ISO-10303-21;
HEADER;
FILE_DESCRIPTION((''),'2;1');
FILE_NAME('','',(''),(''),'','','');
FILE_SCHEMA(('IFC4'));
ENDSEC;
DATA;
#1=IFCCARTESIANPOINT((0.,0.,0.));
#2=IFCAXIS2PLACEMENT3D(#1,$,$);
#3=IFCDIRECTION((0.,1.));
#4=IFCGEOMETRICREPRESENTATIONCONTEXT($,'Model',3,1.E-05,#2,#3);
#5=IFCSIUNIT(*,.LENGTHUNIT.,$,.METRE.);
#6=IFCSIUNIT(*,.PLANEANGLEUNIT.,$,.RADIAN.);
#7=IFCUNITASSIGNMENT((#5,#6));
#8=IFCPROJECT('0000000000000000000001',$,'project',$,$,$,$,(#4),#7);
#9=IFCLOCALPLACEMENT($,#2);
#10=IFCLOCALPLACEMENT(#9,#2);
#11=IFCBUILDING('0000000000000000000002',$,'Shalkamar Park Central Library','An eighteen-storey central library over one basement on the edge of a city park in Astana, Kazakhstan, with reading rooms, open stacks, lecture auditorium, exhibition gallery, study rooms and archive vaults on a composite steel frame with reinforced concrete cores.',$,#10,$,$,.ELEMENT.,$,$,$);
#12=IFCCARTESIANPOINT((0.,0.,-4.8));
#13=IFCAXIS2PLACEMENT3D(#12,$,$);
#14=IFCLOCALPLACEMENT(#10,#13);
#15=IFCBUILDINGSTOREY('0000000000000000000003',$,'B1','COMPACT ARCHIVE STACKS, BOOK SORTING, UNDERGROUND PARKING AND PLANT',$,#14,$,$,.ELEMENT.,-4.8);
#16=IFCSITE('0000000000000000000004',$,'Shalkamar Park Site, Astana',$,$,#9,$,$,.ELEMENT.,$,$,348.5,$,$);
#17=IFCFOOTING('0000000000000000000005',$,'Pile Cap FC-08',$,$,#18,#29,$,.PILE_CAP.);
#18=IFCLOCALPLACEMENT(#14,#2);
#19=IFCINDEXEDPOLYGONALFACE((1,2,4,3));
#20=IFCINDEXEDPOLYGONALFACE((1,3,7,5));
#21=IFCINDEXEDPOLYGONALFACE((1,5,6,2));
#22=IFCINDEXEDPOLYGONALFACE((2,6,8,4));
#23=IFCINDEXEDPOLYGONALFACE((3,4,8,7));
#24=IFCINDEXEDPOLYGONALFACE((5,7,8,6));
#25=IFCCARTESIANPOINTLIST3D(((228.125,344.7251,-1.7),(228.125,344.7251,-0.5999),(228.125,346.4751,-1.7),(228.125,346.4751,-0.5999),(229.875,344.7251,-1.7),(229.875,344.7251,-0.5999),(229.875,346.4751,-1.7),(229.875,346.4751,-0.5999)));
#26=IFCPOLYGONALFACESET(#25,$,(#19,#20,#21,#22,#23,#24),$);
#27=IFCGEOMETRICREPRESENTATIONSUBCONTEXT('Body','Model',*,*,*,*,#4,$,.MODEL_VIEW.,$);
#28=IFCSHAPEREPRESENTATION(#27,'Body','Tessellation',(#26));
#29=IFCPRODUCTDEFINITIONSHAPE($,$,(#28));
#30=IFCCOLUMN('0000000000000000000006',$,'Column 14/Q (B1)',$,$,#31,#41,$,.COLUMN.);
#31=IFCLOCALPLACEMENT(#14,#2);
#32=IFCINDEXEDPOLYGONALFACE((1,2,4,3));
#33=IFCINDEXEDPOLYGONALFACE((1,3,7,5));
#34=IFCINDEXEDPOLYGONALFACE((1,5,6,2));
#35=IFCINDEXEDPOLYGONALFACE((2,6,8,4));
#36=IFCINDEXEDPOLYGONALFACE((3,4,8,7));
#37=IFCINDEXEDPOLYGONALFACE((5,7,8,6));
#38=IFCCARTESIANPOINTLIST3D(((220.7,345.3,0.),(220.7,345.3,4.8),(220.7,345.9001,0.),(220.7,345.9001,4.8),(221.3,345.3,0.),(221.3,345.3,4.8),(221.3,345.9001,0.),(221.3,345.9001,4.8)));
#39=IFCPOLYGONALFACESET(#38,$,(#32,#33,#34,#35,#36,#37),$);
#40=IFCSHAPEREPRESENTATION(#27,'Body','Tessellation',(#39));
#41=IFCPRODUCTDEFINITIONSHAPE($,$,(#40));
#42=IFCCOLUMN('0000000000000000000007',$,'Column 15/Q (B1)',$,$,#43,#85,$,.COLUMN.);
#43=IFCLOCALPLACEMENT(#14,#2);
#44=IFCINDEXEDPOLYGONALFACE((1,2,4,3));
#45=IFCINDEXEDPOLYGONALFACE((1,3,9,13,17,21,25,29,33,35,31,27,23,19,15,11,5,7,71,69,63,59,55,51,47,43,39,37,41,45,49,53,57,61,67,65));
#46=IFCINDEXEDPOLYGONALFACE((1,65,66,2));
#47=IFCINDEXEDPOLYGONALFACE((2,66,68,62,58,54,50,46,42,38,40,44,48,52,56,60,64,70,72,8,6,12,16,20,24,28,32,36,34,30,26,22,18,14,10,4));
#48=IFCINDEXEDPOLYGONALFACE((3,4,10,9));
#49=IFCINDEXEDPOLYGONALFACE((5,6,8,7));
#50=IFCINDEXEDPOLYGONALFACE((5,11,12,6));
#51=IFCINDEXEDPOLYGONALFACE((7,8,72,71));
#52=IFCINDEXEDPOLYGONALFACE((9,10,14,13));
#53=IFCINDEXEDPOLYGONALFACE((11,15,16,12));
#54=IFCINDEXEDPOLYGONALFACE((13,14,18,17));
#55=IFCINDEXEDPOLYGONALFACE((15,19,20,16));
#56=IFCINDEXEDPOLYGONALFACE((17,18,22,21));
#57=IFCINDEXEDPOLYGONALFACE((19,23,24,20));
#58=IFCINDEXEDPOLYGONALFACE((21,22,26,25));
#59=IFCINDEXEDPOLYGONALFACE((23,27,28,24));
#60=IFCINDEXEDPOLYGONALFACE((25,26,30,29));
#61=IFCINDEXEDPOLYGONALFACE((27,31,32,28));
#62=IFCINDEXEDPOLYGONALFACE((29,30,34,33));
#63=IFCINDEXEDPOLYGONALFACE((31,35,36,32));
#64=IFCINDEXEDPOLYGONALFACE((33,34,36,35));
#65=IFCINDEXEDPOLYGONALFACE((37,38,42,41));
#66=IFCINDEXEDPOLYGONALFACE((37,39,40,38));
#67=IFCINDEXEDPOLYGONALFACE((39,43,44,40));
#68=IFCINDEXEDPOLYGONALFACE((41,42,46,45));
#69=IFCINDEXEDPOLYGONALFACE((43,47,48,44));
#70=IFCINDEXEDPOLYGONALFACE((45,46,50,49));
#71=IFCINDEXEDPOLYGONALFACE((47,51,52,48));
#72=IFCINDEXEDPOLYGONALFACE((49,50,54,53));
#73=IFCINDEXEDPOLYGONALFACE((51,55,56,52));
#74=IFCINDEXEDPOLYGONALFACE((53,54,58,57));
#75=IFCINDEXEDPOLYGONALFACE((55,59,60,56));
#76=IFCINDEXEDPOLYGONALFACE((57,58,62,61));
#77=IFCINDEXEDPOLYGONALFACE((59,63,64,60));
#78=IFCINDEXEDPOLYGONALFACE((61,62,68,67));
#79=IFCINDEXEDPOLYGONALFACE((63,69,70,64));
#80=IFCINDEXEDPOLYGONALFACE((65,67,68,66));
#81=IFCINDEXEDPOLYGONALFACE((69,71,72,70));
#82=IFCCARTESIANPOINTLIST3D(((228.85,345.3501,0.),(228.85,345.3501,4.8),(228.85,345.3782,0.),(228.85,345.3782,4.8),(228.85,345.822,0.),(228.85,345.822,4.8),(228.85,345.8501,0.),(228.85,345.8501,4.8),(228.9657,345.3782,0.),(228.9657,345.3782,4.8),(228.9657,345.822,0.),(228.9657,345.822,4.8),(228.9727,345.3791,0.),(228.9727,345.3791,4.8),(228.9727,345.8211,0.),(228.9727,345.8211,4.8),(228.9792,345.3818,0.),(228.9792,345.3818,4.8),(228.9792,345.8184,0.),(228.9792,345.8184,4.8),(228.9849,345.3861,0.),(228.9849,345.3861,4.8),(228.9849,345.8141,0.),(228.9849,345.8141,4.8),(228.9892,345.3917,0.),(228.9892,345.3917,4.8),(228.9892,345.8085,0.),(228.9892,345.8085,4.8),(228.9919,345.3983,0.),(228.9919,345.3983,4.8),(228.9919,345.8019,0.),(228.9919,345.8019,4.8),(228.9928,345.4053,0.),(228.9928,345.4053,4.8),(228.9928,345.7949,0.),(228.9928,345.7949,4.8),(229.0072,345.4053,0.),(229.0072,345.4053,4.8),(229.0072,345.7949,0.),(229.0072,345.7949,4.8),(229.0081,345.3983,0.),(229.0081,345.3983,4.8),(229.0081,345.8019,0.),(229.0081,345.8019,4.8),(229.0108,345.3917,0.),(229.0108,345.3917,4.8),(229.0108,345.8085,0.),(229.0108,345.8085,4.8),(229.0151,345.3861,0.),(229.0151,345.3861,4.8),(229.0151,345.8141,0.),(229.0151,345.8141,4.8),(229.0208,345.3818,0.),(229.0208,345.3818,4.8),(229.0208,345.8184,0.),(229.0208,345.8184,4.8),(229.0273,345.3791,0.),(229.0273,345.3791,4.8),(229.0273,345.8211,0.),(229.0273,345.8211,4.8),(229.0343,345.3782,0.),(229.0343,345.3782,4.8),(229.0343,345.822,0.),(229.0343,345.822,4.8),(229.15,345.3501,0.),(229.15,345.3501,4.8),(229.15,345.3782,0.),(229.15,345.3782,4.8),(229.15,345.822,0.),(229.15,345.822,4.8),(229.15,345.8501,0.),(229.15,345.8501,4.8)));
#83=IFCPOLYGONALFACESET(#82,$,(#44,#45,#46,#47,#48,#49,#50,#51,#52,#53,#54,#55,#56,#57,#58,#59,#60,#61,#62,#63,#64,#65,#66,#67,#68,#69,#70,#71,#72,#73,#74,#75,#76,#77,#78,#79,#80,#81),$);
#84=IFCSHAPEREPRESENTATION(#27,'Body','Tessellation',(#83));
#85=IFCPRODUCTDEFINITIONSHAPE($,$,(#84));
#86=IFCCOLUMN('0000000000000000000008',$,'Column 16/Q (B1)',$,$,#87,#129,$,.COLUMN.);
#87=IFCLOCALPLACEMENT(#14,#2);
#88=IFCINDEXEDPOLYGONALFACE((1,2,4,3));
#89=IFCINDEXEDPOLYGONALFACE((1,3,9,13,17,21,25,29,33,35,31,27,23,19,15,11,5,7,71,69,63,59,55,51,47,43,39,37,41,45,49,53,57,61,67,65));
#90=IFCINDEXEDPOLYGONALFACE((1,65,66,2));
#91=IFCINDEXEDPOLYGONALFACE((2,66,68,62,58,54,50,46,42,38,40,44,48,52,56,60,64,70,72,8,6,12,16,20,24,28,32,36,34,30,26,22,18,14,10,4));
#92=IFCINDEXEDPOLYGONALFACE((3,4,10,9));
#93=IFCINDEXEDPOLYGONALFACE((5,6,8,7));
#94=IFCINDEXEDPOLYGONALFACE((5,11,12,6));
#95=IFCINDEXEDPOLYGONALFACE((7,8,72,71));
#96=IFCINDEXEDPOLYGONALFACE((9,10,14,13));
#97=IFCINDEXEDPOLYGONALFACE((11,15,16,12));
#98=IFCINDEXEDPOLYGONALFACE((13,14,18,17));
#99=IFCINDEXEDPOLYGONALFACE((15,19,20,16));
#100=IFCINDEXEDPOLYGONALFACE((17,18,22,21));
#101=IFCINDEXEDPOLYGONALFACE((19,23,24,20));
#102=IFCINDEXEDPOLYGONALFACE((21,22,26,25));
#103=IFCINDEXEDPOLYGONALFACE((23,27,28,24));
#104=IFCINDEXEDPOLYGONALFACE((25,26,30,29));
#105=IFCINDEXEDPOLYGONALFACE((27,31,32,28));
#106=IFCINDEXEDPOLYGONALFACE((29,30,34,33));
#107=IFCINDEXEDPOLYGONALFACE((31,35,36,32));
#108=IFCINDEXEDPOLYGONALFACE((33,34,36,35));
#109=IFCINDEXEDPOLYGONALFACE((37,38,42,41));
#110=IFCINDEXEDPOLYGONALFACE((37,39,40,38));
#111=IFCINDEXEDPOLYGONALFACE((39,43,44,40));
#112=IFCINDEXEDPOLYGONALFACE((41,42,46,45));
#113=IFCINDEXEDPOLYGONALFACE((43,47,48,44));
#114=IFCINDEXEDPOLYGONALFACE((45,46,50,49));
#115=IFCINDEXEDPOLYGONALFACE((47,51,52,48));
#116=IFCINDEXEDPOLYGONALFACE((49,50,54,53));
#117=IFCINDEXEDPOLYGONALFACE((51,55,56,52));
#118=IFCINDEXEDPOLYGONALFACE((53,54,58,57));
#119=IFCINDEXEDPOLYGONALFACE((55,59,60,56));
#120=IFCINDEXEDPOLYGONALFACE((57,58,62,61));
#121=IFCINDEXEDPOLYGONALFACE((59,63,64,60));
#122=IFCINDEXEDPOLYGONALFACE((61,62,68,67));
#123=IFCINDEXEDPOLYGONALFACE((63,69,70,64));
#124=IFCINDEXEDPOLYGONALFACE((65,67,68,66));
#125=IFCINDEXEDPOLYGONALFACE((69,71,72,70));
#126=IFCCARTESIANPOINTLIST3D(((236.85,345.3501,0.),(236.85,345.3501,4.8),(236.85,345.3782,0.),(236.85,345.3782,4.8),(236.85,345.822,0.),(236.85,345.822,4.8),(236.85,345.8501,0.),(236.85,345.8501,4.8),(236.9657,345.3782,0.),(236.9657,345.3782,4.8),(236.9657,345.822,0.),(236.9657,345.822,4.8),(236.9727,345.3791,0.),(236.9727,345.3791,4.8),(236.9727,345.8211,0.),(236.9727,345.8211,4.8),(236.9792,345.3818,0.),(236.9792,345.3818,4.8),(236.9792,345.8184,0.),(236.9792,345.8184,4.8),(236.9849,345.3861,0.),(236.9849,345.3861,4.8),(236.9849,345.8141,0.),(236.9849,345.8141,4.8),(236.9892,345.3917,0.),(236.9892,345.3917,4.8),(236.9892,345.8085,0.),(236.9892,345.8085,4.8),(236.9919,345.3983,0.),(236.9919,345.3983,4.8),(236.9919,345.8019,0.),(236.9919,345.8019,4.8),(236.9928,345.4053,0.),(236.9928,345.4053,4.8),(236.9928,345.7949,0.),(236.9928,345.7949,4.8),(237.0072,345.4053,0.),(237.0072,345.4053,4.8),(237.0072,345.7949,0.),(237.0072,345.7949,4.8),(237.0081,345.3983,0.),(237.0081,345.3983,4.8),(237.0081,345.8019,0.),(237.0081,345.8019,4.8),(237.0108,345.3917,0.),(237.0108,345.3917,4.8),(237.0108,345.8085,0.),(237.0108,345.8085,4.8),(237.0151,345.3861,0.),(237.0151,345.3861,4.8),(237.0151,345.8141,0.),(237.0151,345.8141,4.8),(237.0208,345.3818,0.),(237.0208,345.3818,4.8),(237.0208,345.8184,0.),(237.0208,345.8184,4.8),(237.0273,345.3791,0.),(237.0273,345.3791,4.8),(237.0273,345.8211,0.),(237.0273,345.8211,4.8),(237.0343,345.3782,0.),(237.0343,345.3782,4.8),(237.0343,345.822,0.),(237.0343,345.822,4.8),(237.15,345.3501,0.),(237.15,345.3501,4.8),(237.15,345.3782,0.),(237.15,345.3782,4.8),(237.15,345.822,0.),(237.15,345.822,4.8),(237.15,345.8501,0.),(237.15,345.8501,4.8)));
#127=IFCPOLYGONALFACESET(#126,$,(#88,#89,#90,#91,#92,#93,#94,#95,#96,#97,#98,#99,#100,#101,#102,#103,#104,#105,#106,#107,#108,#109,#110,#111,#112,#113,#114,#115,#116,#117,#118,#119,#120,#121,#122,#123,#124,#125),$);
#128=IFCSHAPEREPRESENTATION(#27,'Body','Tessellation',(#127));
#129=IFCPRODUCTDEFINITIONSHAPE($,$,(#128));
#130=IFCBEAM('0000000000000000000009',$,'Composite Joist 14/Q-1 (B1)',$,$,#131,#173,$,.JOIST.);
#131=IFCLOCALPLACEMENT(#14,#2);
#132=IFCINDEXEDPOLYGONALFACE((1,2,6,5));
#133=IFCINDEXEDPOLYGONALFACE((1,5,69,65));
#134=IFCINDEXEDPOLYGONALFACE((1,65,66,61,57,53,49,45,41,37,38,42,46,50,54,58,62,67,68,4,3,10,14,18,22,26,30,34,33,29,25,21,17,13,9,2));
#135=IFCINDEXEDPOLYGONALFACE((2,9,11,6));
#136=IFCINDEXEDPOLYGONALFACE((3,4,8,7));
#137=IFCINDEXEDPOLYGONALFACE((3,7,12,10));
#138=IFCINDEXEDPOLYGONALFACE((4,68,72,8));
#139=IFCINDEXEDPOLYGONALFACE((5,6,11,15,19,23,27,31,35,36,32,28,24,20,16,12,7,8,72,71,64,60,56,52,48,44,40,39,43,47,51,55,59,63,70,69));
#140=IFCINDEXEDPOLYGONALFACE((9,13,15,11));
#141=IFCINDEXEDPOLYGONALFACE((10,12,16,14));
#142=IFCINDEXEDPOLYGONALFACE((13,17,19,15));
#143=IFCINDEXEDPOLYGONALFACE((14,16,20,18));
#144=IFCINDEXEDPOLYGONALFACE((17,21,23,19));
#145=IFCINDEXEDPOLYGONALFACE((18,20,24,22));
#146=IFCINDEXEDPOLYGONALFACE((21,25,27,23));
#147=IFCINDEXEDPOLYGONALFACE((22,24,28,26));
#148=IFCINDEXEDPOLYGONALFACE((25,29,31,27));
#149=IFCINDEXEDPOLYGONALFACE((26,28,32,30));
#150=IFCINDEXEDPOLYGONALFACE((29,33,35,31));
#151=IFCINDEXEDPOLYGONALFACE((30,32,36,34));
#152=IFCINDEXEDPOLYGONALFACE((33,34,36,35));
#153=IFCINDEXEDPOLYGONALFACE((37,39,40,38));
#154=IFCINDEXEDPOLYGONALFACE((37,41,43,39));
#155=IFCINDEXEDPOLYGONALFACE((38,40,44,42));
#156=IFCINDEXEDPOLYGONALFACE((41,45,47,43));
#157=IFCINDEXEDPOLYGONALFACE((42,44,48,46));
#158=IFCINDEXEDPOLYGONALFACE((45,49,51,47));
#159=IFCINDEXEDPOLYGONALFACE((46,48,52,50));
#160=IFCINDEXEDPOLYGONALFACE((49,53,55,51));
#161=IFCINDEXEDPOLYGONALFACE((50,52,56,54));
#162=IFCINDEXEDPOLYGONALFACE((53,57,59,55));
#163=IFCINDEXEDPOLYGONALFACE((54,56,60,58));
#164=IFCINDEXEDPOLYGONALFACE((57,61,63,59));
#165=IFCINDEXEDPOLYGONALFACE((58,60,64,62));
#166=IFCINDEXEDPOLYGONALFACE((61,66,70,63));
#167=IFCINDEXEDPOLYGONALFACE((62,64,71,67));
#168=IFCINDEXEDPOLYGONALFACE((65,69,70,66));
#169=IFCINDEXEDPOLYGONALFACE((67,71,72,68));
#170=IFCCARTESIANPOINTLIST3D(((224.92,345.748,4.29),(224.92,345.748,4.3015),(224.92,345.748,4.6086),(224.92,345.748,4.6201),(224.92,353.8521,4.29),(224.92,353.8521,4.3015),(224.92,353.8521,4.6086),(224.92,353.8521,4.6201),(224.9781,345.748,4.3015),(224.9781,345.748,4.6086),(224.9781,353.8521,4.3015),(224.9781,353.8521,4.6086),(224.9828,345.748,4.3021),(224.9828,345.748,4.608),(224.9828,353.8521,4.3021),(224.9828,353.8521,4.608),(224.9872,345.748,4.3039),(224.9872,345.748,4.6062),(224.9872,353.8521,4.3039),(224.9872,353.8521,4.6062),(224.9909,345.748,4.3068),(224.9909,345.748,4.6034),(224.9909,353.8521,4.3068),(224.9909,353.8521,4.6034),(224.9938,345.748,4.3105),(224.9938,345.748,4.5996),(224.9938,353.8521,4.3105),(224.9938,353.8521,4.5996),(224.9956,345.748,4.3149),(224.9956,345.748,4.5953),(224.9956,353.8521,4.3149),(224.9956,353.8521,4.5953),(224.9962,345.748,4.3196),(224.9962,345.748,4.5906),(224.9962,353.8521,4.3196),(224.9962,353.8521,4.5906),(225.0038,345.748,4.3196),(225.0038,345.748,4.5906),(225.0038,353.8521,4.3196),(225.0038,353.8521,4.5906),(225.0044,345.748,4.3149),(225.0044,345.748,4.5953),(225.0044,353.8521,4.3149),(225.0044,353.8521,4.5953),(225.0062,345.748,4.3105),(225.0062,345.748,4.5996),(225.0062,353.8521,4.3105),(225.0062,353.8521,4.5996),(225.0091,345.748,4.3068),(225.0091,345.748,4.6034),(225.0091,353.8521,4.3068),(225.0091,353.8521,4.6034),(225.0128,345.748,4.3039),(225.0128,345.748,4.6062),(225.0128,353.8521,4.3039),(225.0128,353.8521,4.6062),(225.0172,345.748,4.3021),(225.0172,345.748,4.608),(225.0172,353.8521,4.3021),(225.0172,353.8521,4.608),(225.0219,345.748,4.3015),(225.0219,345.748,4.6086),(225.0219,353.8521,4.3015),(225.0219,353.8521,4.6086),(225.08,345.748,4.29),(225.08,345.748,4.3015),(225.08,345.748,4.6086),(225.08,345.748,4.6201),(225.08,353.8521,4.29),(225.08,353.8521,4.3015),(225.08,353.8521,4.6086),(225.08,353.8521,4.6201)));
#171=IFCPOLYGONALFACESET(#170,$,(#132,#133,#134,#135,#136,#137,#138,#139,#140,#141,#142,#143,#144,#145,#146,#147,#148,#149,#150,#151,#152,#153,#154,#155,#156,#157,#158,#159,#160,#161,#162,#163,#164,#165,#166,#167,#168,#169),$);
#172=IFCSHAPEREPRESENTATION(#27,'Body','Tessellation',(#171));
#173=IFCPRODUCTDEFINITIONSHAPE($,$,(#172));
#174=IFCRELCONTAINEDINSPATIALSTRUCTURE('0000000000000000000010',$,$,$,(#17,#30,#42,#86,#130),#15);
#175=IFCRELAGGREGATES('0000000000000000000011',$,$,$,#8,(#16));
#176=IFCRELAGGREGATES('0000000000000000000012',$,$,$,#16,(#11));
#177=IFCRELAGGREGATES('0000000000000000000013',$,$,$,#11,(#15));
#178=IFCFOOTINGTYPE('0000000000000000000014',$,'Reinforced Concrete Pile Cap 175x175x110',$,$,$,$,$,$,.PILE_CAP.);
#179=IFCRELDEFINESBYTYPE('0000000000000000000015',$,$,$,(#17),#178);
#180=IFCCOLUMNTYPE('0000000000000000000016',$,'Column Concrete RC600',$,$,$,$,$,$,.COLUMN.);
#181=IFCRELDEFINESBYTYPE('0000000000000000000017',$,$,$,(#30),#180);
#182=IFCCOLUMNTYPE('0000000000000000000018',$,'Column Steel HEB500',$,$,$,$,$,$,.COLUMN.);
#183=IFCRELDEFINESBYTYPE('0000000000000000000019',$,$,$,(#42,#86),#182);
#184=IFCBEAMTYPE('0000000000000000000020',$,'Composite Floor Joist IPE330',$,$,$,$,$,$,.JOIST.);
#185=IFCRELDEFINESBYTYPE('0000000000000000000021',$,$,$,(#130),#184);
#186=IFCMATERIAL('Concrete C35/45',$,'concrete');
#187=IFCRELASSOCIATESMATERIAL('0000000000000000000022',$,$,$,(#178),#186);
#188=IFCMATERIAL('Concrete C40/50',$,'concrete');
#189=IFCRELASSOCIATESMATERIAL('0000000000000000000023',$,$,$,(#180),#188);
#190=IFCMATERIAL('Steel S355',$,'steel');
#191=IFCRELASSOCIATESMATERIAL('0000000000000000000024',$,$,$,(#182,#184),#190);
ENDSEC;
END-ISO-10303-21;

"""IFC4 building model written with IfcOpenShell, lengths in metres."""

from ifc_helpers import new_model, si_unit, direction, frame, origin, origin_2d, place, context, subcontext, project, spatial, rectangle, i_section, extrude, material, material_profile, profile_set, type_object, element, save


model = new_model("IFC4")

# Units and contexts
model_context = context("Model", 3, precision=1e-05, world=origin(), true_north=direction((0.0, 1.0)))
body_context = subcontext(model_context, "Body", "Model", "MODEL_VIEW")
ifc_project = project(units=[si_unit("LENGTHUNIT", "METRE"), si_unit("PLANEANGLEUNIT", "RADIAN")], contexts=[model_context])

# Site, building, storey
site_placement = place(None, origin())
site = spatial("IfcSite", under=ifc_project, at=site_placement, Name="Shalkamar Park Site, Astana", CompositionType="ELEMENT", RefElevation=348.5)
building_placement = place(site_placement, origin())
building = spatial("IfcBuilding", under=site, at=building_placement, Name="Shalkamar Park Central Library", Description="An eighteen-storey central library over one basement on the edge of a city park in Astana, Kazakhstan, with reading rooms, open stacks, lecture auditorium, exhibition gallery, study rooms and archive vaults on a composite steel frame with reinforced concrete cores.", CompositionType="ELEMENT")
storey_placement = place(building_placement, frame((0.0, 0.0, -4.8)))
storey = spatial("IfcBuildingStorey", under=building, at=storey_placement, Name="B1", Description="COMPACT ARCHIVE STACKS, BOOK SORTING, UNDERGROUND PARKING AND PLANT", CompositionType="ELEMENT", Elevation=-4.8)

# Shared definitions
ifc_material_1 = material(Name="Concrete C35/45", Category="concrete")

# Footing
footing_type_1 = type_object("IfcFootingType", Name="Reinforced Concrete Pile Cap 175x175x110", PredefinedType="PILE_CAP", material=ifc_material_1)
footing_1_placement = place(storey_placement, frame((229.0, 345.6001, -1.7), z_axis=(0.0, 0.0, 1.0), x_axis=(1.0, 0.0, 0.0)))
element("IfcFooting", 1, at=footing_1_placement, inside=storey, type_object=footing_type_1, Name="Pile Cap FC-08", PredefinedType="PILE_CAP", context=body_context, shape_type="SweptSolid", body=[
    extrude(rectangle(XDim=1.75, YDim=1.75, at=origin_2d()), origin(), (0.0, 0.0, 1.0), 1.1001),
])

# Columns
ifc_material_2 = material(Name="Concrete C40/50", Category="concrete")
ifc_material_profile_1 = material_profile(ifc_material_2, rectangle(XDim=0.6001, YDim=0.6001, at=origin_2d()), Name="RC 600x600")
ifc_profile_set_1 = profile_set([ifc_material_profile_1], Name="Concrete C40/50")
column_type_1 = type_object("IfcColumnType", Name="Column Concrete RC600", PredefinedType="COLUMN", material=ifc_profile_set_1)
column_placement = place(storey_placement, frame((221.0, 345.6001, 0.0), z_axis=(0.0, 0.0, 1.0), x_axis=(1.0, 0.0, 0.0)))
element("IfcColumn", 2, at=column_placement, inside=storey, type_object=column_type_1, Name="Column 14/Q (B1)", PredefinedType="COLUMN", context=body_context, shape_type="SweptSolid", body=[
    extrude(rectangle(XDim=0.6001, YDim=0.6001, at=origin_2d()), origin(), (0.0, 0.0, 1.0), 4.8),
])
ifc_material_3 = material(Name="Steel S355", Category="steel")
ifc_material_profile_2 = material_profile(ifc_material_3, i_section(OverallWidth=0.3, OverallDepth=0.5, WebThickness=0.0144, FlangeThickness=0.0281, FilletRadius=0.0271, at=origin_2d()), Name="HEB 500")
ifc_profile_set_2 = profile_set([ifc_material_profile_2], Name="Steel S355")
column_type_2 = type_object("IfcColumnType", Name="Column Steel HEB500", PredefinedType="COLUMN", material=ifc_profile_set_2)
for number, where, z_axis, x_axis, name in (
    (3, (229.0, 345.6001, 0.0), (0.0, 0.0, 1.0), (1.0, 0.0, 0.0), "Column 15/Q (B1)"),
    (4, (237.0, 345.6001, 0.0), (0.0, 0.0, 1.0), (1.0, 0.0, 0.0), "Column 16/Q (B1)"),
):
    element("IfcColumn", number, at=place(storey_placement, frame(where, z_axis=z_axis, x_axis=x_axis)), inside=storey, type_object=column_type_2, Name=name, PredefinedType="COLUMN", context=body_context, shape_type="SweptSolid", body=[
        extrude(i_section(OverallWidth=0.3, OverallDepth=0.5, WebThickness=0.0144, FlangeThickness=0.0281, FilletRadius=0.0271, at=origin_2d()), origin(), (0.0, 0.0, 1.0), 4.8),
    ])

# Beam
ifc_material_profile_3 = material_profile(ifc_material_3, i_section(OverallWidth=0.1599, OverallDepth=0.3301, WebThickness=0.0076, FlangeThickness=0.0115, FilletRadius=0.0181, at=origin_2d()), Name="IPE 330")
ifc_profile_set_3 = profile_set([ifc_material_profile_3], Name="Steel S355")
beam_type_1 = type_object("IfcBeamType", Name="Composite Floor Joist IPE330", PredefinedType="JOIST", material=ifc_profile_set_3)
for number, where, z_axis, x_axis, name in (
    (5, (225.0, 345.748, 4.4551), (0.0, 1.0, 0.0), (-1.0, 0.0, 0.0), "Composite Joist 14/Q-1 (B1)"),
):
    element("IfcBeam", number, at=place(storey_placement, frame(where, z_axis=z_axis, x_axis=x_axis)), inside=storey, type_object=beam_type_1, Name=name, PredefinedType="JOIST", context=body_context, shape_type="SweptSolid", body=[
        extrude(i_section(OverallWidth=0.1599, OverallDepth=0.3301, WebThickness=0.0076, FlangeThickness=0.0115, FilletRadius=0.0181, at=origin_2d()), origin(), (0.0, 0.0, 1.0), 8.104),
    ])

save(model, "model.ifc")
